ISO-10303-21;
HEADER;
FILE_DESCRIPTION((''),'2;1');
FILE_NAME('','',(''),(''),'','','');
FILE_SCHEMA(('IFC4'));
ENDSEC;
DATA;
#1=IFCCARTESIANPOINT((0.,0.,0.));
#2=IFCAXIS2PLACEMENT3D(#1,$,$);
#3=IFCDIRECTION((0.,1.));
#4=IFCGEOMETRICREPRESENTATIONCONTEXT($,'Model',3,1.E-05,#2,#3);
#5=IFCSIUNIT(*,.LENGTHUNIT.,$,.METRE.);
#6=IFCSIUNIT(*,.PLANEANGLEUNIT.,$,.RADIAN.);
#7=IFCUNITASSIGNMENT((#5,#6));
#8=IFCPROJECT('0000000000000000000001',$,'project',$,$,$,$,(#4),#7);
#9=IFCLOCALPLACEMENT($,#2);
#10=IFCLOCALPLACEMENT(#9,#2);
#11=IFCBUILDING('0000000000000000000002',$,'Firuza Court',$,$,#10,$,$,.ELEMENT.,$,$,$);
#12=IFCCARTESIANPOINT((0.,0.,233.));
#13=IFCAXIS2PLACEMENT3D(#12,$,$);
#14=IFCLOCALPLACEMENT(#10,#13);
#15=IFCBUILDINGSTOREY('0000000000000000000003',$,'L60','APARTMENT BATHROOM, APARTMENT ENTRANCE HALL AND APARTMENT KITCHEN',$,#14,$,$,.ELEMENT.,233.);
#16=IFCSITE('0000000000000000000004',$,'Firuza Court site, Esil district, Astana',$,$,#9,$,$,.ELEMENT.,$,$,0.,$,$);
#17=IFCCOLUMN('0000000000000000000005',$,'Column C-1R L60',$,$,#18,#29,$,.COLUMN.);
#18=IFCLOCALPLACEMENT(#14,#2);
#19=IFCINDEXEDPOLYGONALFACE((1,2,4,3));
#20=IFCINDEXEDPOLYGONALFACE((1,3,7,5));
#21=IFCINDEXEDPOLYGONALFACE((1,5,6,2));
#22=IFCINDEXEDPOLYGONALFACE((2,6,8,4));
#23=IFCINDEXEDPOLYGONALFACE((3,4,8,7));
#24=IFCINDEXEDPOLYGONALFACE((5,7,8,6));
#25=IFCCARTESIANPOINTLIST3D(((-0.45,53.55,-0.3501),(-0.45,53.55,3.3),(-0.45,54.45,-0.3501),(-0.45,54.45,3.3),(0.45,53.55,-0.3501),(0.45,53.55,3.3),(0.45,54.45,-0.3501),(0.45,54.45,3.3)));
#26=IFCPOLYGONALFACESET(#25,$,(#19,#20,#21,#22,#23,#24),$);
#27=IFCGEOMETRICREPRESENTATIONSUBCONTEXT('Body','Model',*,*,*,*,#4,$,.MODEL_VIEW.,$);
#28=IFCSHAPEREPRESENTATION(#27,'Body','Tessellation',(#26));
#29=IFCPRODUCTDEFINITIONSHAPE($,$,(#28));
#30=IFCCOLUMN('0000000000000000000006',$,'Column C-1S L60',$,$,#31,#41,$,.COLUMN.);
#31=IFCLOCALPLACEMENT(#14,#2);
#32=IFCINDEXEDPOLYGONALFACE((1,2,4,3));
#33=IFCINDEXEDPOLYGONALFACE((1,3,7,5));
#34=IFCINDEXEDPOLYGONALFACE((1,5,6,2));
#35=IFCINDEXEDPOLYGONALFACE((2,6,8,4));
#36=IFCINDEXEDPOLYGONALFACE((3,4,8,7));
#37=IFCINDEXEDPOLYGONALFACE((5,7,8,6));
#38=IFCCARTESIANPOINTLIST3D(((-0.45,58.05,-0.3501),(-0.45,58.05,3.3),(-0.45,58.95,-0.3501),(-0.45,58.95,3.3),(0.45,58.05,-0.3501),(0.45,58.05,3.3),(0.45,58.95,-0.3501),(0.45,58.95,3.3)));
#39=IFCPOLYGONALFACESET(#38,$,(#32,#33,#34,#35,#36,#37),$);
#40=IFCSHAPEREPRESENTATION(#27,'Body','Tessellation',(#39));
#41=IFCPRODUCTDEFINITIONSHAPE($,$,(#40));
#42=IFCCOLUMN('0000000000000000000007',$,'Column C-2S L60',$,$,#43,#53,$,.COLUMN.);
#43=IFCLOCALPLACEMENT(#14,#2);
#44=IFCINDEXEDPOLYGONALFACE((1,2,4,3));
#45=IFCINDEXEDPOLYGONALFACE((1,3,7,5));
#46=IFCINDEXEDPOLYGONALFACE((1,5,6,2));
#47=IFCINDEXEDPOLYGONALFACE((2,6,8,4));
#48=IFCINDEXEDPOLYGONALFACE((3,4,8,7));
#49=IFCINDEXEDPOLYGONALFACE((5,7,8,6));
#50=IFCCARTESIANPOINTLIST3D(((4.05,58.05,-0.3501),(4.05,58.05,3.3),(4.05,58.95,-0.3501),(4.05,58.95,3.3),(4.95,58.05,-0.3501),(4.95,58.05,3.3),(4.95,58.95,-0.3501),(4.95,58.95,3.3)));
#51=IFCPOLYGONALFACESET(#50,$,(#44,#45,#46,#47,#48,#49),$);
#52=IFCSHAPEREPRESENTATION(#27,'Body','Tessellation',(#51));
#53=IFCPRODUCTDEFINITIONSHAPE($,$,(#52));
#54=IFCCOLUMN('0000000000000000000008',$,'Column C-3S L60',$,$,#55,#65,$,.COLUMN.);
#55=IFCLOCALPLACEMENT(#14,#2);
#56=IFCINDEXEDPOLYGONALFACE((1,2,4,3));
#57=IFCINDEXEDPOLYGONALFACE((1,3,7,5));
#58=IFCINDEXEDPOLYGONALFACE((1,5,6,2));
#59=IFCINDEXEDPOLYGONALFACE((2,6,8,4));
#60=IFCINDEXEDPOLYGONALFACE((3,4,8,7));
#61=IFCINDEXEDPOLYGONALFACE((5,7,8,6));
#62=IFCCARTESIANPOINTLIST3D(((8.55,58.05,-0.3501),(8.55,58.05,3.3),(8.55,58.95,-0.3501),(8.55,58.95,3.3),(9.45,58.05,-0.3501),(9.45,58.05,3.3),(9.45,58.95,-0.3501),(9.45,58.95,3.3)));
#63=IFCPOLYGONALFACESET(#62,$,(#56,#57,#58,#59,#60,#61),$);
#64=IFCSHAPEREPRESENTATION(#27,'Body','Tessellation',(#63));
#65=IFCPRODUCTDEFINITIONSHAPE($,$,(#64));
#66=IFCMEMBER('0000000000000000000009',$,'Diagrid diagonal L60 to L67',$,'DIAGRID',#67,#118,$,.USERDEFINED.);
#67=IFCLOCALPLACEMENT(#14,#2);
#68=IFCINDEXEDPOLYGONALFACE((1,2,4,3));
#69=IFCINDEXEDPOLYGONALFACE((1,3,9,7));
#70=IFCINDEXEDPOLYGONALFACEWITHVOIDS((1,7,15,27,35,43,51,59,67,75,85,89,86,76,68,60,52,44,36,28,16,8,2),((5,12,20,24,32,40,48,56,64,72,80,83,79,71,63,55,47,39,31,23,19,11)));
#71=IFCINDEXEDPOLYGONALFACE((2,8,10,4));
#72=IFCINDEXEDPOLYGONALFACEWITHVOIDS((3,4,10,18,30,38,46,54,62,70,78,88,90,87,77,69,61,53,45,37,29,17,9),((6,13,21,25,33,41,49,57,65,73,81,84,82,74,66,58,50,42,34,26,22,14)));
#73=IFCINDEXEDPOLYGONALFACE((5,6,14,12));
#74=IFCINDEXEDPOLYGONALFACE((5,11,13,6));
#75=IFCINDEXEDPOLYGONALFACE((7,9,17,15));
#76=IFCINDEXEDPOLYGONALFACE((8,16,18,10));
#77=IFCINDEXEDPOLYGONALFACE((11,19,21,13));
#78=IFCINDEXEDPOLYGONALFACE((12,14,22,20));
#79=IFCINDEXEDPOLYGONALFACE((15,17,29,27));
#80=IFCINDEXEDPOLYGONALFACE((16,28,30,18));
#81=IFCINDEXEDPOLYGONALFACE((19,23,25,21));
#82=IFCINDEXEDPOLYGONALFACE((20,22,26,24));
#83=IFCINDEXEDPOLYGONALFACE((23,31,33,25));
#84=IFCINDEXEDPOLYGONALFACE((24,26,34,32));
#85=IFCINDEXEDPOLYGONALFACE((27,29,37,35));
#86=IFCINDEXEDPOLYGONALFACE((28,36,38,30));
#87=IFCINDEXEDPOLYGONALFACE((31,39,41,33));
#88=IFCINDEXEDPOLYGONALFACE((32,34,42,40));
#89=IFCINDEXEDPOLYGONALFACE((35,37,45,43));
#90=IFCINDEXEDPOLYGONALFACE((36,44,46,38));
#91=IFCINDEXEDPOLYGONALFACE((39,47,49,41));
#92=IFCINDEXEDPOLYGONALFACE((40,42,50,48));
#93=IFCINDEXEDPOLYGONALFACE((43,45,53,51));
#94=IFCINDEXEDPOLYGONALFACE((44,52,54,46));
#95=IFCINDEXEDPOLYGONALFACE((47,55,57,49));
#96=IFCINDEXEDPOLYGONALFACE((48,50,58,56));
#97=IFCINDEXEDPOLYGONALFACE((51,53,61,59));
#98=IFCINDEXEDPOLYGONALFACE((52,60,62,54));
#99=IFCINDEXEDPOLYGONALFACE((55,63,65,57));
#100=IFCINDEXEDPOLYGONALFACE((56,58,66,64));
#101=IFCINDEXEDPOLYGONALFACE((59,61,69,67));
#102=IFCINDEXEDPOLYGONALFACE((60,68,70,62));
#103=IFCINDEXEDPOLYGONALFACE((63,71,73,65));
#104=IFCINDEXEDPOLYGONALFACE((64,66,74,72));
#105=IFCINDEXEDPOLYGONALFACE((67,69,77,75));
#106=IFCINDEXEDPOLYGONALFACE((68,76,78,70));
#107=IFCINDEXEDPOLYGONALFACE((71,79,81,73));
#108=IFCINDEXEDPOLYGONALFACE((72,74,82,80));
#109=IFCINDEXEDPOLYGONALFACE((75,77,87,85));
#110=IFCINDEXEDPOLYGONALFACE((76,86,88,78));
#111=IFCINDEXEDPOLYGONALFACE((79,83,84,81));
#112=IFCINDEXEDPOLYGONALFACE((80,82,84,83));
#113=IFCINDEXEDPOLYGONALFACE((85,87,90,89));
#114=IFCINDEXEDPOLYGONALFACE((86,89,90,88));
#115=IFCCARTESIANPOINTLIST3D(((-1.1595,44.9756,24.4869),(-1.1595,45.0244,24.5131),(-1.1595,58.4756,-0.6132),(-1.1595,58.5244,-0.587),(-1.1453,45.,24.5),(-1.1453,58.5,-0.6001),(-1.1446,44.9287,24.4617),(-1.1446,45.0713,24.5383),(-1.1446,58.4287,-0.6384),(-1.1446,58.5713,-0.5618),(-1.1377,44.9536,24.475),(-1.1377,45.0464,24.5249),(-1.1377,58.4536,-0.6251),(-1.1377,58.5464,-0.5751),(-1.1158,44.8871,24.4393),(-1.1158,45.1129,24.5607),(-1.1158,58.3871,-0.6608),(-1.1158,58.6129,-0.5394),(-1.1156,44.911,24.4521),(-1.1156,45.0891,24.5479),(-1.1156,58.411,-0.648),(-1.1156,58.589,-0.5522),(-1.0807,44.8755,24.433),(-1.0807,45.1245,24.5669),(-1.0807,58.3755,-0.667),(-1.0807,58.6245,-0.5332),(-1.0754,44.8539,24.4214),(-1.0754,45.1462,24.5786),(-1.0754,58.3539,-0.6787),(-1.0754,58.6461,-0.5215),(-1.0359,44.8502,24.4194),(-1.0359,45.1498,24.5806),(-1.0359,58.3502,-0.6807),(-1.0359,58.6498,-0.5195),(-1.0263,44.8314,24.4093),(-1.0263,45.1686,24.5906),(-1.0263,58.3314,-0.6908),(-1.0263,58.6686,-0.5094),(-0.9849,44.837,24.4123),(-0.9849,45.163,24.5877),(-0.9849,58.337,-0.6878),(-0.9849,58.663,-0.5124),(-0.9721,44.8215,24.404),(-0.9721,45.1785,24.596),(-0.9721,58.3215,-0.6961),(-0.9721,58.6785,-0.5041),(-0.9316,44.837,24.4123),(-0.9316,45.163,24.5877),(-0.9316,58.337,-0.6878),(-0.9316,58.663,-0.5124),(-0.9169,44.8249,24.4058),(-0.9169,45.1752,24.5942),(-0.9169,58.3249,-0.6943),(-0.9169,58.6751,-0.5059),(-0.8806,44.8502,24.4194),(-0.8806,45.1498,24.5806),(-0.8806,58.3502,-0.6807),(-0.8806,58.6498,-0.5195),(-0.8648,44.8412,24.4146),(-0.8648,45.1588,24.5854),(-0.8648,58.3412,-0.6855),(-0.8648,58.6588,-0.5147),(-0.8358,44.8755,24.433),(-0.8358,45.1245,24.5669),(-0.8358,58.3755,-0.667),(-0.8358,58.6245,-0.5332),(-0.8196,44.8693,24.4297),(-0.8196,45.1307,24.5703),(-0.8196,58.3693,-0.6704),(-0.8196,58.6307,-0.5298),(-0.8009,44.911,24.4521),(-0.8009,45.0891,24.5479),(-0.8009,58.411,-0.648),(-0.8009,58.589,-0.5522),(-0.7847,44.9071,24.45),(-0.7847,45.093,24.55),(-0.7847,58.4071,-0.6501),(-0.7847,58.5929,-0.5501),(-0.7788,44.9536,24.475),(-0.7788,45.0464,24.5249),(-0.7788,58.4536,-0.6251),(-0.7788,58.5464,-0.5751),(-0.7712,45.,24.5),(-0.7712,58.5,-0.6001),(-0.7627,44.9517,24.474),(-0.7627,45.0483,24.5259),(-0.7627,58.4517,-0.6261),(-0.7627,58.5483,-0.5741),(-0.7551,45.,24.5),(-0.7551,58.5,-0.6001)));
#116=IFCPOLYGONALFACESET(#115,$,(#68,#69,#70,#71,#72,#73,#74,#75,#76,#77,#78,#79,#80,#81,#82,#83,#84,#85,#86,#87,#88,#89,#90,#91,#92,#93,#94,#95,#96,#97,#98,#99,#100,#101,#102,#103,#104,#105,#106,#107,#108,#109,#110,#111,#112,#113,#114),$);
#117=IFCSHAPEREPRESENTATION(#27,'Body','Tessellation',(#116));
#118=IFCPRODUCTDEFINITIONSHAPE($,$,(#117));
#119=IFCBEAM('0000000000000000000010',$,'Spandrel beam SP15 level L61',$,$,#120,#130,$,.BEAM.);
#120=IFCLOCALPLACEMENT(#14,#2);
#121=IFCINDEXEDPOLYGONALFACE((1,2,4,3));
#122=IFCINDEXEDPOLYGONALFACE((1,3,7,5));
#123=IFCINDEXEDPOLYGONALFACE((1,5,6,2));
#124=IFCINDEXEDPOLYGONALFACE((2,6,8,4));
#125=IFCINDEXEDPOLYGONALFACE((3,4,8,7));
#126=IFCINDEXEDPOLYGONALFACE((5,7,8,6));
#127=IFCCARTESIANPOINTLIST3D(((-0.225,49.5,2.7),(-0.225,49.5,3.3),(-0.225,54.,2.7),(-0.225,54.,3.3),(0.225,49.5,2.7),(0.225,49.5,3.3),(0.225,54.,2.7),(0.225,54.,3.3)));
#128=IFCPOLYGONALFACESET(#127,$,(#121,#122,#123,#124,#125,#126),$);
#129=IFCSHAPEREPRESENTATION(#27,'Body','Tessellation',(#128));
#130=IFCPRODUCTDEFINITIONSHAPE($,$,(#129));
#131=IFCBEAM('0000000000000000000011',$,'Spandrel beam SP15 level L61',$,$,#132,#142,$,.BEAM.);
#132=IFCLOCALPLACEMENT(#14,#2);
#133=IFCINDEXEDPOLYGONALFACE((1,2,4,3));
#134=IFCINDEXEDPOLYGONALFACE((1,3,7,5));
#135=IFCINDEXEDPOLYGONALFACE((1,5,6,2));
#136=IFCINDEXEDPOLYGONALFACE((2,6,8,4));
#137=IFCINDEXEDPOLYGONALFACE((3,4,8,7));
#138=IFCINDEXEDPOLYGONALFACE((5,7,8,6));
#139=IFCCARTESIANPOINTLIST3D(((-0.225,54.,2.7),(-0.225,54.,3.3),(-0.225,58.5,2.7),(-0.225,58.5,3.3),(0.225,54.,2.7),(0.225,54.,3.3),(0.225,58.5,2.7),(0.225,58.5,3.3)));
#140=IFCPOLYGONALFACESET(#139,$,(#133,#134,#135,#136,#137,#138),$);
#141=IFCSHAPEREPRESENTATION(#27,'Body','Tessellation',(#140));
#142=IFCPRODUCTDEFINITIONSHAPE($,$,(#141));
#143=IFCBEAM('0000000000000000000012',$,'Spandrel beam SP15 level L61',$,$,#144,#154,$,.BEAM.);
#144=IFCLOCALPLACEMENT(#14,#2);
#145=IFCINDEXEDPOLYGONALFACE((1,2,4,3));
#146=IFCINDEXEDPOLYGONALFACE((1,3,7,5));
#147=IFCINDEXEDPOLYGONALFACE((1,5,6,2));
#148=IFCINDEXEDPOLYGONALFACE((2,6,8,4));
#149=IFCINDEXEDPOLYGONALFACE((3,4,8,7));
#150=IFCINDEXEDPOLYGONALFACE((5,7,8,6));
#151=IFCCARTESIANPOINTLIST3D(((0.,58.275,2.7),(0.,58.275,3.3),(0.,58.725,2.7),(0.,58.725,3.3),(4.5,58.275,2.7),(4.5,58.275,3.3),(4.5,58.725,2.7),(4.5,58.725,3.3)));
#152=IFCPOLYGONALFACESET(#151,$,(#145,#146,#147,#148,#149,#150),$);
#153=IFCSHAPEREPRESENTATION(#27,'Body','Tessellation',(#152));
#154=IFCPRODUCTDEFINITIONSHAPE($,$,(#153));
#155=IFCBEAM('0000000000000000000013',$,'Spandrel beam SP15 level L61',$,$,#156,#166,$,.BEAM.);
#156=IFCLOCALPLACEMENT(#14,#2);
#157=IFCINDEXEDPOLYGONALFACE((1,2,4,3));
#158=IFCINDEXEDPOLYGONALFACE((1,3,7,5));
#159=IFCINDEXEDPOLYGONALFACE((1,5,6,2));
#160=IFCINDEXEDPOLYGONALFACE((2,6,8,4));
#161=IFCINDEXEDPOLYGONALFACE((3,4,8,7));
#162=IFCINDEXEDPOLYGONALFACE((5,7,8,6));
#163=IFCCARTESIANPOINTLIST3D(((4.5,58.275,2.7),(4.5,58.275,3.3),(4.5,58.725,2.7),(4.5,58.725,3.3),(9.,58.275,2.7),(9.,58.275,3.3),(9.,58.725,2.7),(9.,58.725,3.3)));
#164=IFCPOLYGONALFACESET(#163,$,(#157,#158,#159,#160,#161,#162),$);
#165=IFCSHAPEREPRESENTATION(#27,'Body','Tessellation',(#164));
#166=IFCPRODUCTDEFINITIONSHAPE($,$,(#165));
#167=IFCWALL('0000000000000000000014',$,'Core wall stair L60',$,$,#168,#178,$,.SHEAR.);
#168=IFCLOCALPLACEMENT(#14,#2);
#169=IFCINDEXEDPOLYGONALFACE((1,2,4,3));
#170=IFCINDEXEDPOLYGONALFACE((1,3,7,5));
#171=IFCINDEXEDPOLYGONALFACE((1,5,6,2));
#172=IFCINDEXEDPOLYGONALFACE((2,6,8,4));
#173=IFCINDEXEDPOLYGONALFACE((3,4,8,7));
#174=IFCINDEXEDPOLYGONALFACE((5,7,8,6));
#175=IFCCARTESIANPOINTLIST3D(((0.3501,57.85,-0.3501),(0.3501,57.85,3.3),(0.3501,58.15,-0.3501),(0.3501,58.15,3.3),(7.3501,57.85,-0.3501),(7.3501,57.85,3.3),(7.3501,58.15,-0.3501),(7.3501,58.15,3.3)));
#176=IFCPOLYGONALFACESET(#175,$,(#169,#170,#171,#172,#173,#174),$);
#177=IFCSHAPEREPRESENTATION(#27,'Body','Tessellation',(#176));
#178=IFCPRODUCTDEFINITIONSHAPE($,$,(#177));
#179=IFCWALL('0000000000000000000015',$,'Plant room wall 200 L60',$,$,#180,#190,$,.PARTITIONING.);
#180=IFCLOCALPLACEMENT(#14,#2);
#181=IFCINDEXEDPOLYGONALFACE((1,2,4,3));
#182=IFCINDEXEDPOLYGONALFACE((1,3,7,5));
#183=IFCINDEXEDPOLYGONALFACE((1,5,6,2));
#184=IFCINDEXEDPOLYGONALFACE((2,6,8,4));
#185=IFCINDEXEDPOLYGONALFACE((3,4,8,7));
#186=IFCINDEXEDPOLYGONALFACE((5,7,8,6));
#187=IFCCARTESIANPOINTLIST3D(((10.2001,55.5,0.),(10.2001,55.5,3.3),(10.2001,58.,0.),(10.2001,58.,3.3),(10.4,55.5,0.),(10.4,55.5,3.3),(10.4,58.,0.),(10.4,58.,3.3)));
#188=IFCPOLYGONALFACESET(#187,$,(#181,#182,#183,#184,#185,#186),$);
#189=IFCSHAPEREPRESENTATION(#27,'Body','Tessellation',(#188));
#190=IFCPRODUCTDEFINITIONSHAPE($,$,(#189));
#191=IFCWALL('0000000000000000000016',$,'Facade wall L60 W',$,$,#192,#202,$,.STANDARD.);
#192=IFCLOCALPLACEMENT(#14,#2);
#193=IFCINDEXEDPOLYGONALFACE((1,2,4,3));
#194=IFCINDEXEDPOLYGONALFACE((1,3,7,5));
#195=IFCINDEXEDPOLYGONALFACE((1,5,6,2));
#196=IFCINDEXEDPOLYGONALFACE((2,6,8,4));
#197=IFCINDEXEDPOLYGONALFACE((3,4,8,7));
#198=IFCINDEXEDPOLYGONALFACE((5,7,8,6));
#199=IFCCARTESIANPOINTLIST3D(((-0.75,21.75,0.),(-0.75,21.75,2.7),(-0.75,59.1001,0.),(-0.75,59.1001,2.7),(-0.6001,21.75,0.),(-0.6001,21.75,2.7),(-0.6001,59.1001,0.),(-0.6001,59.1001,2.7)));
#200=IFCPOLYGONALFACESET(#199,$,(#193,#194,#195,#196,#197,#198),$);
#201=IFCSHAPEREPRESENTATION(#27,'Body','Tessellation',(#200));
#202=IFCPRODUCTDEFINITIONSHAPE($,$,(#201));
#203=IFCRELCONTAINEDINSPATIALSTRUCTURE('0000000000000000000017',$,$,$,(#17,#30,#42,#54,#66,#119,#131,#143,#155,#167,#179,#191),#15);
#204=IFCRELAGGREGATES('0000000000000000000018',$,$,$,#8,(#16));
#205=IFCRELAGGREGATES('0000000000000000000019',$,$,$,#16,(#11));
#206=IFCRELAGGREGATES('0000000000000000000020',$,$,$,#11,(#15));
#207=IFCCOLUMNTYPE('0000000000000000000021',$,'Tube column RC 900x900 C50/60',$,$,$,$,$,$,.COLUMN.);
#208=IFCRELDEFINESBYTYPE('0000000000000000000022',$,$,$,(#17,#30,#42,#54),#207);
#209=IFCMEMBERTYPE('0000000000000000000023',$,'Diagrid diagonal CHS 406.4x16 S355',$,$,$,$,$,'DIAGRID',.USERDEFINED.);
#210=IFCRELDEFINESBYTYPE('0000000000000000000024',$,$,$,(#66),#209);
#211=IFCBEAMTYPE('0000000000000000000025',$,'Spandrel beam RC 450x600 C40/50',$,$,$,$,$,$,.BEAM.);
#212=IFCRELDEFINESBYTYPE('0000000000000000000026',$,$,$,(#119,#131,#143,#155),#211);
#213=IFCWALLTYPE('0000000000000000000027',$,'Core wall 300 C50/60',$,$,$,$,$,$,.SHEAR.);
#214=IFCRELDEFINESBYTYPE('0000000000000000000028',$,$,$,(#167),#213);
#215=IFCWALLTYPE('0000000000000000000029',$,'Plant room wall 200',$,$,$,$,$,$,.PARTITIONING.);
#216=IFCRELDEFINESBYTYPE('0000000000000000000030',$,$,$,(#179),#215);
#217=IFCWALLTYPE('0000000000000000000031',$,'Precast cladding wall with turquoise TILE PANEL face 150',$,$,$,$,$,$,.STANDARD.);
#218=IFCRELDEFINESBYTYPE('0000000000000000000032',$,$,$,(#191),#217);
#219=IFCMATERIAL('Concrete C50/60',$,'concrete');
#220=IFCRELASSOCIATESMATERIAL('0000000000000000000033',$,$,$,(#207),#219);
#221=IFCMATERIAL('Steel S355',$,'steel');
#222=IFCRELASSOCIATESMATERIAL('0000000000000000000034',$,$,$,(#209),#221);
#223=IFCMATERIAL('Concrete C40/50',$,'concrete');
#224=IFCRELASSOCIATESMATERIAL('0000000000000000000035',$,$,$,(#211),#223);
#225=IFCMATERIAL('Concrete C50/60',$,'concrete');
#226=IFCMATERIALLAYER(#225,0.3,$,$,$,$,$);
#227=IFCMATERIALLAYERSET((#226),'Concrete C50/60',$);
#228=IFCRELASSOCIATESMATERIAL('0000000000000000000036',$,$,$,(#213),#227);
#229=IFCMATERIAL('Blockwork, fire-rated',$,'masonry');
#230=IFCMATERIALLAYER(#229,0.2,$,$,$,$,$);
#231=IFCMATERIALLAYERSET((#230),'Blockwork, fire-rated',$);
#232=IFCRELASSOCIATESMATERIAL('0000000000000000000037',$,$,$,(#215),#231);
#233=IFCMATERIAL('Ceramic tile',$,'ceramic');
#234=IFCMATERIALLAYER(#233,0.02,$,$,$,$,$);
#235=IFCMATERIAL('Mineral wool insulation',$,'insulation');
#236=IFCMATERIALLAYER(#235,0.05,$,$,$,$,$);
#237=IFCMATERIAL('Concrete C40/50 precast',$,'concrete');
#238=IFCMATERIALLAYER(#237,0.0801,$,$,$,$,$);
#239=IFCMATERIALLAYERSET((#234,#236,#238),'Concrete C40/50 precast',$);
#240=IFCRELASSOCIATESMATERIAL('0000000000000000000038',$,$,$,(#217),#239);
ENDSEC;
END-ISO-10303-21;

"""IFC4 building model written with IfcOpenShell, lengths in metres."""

from ifc_helpers import new_model, si_unit, direction, frame, frame_2d, origin, origin_2d, place, context, subcontext, project, spatial, rectangle, hollow_circle, extrude, material, layer, layer_set, material_profile, profile_set, type_object, element, save


model = new_model("IFC4")

# Units and contexts
model_context = context("Model", 3, precision=1e-05, world=origin(), true_north=direction((0.0, 1.0)))
body_context = subcontext(model_context, "Body", "Model", "MODEL_VIEW")
ifc_project = project(units=[si_unit("LENGTHUNIT", "METRE"), si_unit("PLANEANGLEUNIT", "RADIAN")], contexts=[model_context])

# Site, building, storey
site_placement = place(None, origin())
site = spatial("IfcSite", under=ifc_project, at=site_placement, Name="Firuza Court site, Esil district, Astana", CompositionType="ELEMENT", RefElevation=0.0)
building_placement = place(site_placement, origin())
building = spatial("IfcBuilding", under=site, at=building_placement, Name="Firuza Court", CompositionType="ELEMENT")
storey_placement = place(building_placement, frame((0.0, 0.0, 233.0)))
storey = spatial("IfcBuildingStorey", under=building, at=storey_placement, Name="L60", Description="APARTMENT BATHROOM, APARTMENT ENTRANCE HALL AND APARTMENT KITCHEN", CompositionType="ELEMENT", Elevation=233.0)

# Columns
ifc_material_1 = material(Name="Concrete C50/60", Category="concrete")
ifc_material_profile_1 = material_profile(ifc_material_1, rectangle(XDim=0.8999, YDim=0.8999, at=origin_2d()), Name="RC 900x900")
ifc_profile_set_1 = profile_set([ifc_material_profile_1], Name="Concrete C50/60")
column_type = type_object("IfcColumnType", Name="Tube column RC 900x900 C50/60", PredefinedType="COLUMN", material=ifc_profile_set_1)
for number, where, z_axis, x_axis, name in (
    (1, (0.0, 54.0, -0.3501), (0.0, 0.0, 1.0), (1.0, 0.0, 0.0), "Column C-1R L60"),
    (2, (0.0, 58.5, -0.3501), (0.0, 0.0, 1.0), (1.0, 0.0, 0.0), "Column C-1S L60"),
    (3, (4.5, 58.5, -0.3501), (0.0, 0.0, 1.0), (1.0, 0.0, 0.0), "Column C-2S L60"),
    (4, (9.0, 58.5, -0.3501), (0.0, 0.0, 1.0), (1.0, 0.0, 0.0), "Column C-3S L60"),
):
    element("IfcColumn", number, at=place(storey_placement, frame(where, z_axis=z_axis, x_axis=x_axis)), inside=storey, type_object=column_type, Name=name, PredefinedType="COLUMN", context=body_context, shape_type="SweptSolid", body=[
        extrude(rectangle(XDim=0.8999, YDim=0.8999, at=origin_2d()), origin(), (0.0, 0.0, 1.0), 3.6501),
    ])

# Member
ifc_material_2 = material(Name="Steel S355", Category="steel")
ifc_material_profile_2 = material_profile(ifc_material_2, hollow_circle(Radius=0.2031, WallThickness=0.0161, at=origin_2d()), Name="CHS 406.4x16")
ifc_profile_set_2 = profile_set([ifc_material_profile_2], Name="Steel S355")
member_type = type_object("IfcMemberType", Name="Diagrid diagonal CHS 406.4x16 S355", ElementType="DIAGRID", PredefinedType="USERDEFINED", material=ifc_profile_set_2)
member_placement = place(storey_placement, frame((-0.9583, 58.5, -0.6001), z_axis=(0.0, -0.47368, 0.880697), x_axis=(1.0, 0.0, 0.0)))
element("IfcMember", 5, at=member_placement, inside=storey, type_object=member_type, Name="Diagrid diagonal L60 to L67", ObjectType="DIAGRID", PredefinedType="USERDEFINED", context=body_context, shape_type="SweptSolid", body=[
    extrude(hollow_circle(Radius=0.2031, WallThickness=0.0161, at=origin_2d()), origin(), (0.0, 0.0, 1.0), 28.5002),
])

# Beams
ifc_material_3 = material(Name="Concrete C40/50", Category="concrete")
ifc_material_profile_3 = material_profile(ifc_material_3, rectangle(XDim=0.45, YDim=0.6001, at=origin_2d()), Name="RC 450x600")
ifc_profile_set_3 = profile_set([ifc_material_profile_3], Name="Concrete C40/50")
beam_type = type_object("IfcBeamType", Name="Spandrel beam RC 450x600 C40/50", PredefinedType="BEAM", material=ifc_profile_set_3)
for number, where, z_axis, x_axis, name in (
    (6, (0.0, 54.0, 3.0), (0.0, -1.0, 0.0), (1.0, 0.0, 0.0), "Spandrel beam SP15 level L61"),
    (7, (0.0, 58.5, 3.0), (0.0, -1.0, 0.0), (1.0, 0.0, 0.0), "Spandrel beam SP15 level L61"),
    (8, (4.5, 58.5, 3.0), (-1.0, 0.0, 0.0), (0.0, -1.0, 0.0), "Spandrel beam SP15 level L61"),
    (9, (9.0, 58.5, 3.0), (-1.0, 0.0, 0.0), (0.0, -1.0, 0.0), "Spandrel beam SP15 level L61"),
):
    element("IfcBeam", number, at=place(storey_placement, frame(where, z_axis=z_axis, x_axis=x_axis)), inside=storey, type_object=beam_type, Name=name, PredefinedType="BEAM", context=body_context, shape_type="SweptSolid", body=[
        extrude(rectangle(XDim=0.45, YDim=0.6001, at=origin_2d()), origin(), (0.0, 0.0, 1.0), 4.5),
    ])

# Walls
ifc_material_4 = material(Name="Concrete C50/60", Category="concrete")
ifc_layer_1 = layer(ifc_material_4, 0.3)
ifc_layer_set_1 = layer_set([ifc_layer_1], Name="Concrete C50/60")
wall_type_1 = type_object("IfcWallType", Name="Core wall 300 C50/60", PredefinedType="SHEAR", material=ifc_layer_set_1)
wall_1_placement = place(storey_placement, frame((0.3501, 58.0, -0.3501), z_axis=(0.0, 0.0, 1.0), x_axis=(1.0, 0.0, 0.0)))
element("IfcWall", 10, at=wall_1_placement, inside=storey, type_object=wall_type_1, Name="Core wall stair L60", PredefinedType="SHEAR", context=body_context, shape_type="SweptSolid", body=[
    extrude(rectangle(XDim=7.0, YDim=0.3, at=frame_2d((3.5, 0.0))), origin(), (0.0, 0.0, 1.0), 3.6501),
])
ifc_material_5 = material(Name="Blockwork, fire-rated", Category="masonry")
ifc_layer_2 = layer(ifc_material_5, 0.2)
ifc_layer_set_2 = layer_set([ifc_layer_2], Name="Blockwork, fire-rated")
wall_type_2 = type_object("IfcWallType", Name="Plant room wall 200", PredefinedType="PARTITIONING", material=ifc_layer_set_2)
wall_2_placement = place(storey_placement, frame((10.3, 55.5, 0.0), z_axis=(0.0, 0.0, 1.0), x_axis=(0.0, 1.0, 0.0)))
element("IfcWall", 11, at=wall_2_placement, inside=storey, type_object=wall_type_2, Name="Plant room wall 200 L60", PredefinedType="PARTITIONING", context=body_context, shape_type="SweptSolid", body=[
    extrude(rectangle(XDim=2.5, YDim=0.2, at=frame_2d((1.25, 0.0))), origin(), (0.0, 0.0, 1.0), 3.3),
])
ifc_material_6 = material(Name="Ceramic tile", Category="ceramic")
ifc_layer_3 = layer(ifc_material_6, 0.02)
ifc_material_7 = material(Name="Mineral wool insulation", Category="insulation")
ifc_layer_4 = layer(ifc_material_7, 0.05)
ifc_material_8 = material(Name="Concrete C40/50 precast", Category="concrete")
ifc_layer_5 = layer(ifc_material_8, 0.0801)
ifc_layer_set_3 = layer_set([ifc_layer_3, ifc_layer_4, ifc_layer_5], Name="Concrete C40/50 precast")
wall_type_3 = type_object("IfcWallType", Name="Precast cladding wall with turquoise TILE PANEL face 150", PredefinedType="STANDARD", material=ifc_layer_set_3)
wall_3_placement = place(storey_placement, frame((-0.675, 59.1001, 0.0), z_axis=(0.0, 0.0, 1.0), x_axis=(0.0, -1.0, 0.0)))
element("IfcWall", 12, at=wall_3_placement, inside=storey, type_object=wall_type_3, Name="Facade wall L60 W", PredefinedType="STANDARD", context=body_context, shape_type="SweptSolid", body=[
    extrude(rectangle(XDim=37.3501, YDim=0.1499, at=frame_2d((18.675, 0.0))), origin(), (0.0, 0.0, 1.0), 2.7),
])

save(model, "model.ifc")
